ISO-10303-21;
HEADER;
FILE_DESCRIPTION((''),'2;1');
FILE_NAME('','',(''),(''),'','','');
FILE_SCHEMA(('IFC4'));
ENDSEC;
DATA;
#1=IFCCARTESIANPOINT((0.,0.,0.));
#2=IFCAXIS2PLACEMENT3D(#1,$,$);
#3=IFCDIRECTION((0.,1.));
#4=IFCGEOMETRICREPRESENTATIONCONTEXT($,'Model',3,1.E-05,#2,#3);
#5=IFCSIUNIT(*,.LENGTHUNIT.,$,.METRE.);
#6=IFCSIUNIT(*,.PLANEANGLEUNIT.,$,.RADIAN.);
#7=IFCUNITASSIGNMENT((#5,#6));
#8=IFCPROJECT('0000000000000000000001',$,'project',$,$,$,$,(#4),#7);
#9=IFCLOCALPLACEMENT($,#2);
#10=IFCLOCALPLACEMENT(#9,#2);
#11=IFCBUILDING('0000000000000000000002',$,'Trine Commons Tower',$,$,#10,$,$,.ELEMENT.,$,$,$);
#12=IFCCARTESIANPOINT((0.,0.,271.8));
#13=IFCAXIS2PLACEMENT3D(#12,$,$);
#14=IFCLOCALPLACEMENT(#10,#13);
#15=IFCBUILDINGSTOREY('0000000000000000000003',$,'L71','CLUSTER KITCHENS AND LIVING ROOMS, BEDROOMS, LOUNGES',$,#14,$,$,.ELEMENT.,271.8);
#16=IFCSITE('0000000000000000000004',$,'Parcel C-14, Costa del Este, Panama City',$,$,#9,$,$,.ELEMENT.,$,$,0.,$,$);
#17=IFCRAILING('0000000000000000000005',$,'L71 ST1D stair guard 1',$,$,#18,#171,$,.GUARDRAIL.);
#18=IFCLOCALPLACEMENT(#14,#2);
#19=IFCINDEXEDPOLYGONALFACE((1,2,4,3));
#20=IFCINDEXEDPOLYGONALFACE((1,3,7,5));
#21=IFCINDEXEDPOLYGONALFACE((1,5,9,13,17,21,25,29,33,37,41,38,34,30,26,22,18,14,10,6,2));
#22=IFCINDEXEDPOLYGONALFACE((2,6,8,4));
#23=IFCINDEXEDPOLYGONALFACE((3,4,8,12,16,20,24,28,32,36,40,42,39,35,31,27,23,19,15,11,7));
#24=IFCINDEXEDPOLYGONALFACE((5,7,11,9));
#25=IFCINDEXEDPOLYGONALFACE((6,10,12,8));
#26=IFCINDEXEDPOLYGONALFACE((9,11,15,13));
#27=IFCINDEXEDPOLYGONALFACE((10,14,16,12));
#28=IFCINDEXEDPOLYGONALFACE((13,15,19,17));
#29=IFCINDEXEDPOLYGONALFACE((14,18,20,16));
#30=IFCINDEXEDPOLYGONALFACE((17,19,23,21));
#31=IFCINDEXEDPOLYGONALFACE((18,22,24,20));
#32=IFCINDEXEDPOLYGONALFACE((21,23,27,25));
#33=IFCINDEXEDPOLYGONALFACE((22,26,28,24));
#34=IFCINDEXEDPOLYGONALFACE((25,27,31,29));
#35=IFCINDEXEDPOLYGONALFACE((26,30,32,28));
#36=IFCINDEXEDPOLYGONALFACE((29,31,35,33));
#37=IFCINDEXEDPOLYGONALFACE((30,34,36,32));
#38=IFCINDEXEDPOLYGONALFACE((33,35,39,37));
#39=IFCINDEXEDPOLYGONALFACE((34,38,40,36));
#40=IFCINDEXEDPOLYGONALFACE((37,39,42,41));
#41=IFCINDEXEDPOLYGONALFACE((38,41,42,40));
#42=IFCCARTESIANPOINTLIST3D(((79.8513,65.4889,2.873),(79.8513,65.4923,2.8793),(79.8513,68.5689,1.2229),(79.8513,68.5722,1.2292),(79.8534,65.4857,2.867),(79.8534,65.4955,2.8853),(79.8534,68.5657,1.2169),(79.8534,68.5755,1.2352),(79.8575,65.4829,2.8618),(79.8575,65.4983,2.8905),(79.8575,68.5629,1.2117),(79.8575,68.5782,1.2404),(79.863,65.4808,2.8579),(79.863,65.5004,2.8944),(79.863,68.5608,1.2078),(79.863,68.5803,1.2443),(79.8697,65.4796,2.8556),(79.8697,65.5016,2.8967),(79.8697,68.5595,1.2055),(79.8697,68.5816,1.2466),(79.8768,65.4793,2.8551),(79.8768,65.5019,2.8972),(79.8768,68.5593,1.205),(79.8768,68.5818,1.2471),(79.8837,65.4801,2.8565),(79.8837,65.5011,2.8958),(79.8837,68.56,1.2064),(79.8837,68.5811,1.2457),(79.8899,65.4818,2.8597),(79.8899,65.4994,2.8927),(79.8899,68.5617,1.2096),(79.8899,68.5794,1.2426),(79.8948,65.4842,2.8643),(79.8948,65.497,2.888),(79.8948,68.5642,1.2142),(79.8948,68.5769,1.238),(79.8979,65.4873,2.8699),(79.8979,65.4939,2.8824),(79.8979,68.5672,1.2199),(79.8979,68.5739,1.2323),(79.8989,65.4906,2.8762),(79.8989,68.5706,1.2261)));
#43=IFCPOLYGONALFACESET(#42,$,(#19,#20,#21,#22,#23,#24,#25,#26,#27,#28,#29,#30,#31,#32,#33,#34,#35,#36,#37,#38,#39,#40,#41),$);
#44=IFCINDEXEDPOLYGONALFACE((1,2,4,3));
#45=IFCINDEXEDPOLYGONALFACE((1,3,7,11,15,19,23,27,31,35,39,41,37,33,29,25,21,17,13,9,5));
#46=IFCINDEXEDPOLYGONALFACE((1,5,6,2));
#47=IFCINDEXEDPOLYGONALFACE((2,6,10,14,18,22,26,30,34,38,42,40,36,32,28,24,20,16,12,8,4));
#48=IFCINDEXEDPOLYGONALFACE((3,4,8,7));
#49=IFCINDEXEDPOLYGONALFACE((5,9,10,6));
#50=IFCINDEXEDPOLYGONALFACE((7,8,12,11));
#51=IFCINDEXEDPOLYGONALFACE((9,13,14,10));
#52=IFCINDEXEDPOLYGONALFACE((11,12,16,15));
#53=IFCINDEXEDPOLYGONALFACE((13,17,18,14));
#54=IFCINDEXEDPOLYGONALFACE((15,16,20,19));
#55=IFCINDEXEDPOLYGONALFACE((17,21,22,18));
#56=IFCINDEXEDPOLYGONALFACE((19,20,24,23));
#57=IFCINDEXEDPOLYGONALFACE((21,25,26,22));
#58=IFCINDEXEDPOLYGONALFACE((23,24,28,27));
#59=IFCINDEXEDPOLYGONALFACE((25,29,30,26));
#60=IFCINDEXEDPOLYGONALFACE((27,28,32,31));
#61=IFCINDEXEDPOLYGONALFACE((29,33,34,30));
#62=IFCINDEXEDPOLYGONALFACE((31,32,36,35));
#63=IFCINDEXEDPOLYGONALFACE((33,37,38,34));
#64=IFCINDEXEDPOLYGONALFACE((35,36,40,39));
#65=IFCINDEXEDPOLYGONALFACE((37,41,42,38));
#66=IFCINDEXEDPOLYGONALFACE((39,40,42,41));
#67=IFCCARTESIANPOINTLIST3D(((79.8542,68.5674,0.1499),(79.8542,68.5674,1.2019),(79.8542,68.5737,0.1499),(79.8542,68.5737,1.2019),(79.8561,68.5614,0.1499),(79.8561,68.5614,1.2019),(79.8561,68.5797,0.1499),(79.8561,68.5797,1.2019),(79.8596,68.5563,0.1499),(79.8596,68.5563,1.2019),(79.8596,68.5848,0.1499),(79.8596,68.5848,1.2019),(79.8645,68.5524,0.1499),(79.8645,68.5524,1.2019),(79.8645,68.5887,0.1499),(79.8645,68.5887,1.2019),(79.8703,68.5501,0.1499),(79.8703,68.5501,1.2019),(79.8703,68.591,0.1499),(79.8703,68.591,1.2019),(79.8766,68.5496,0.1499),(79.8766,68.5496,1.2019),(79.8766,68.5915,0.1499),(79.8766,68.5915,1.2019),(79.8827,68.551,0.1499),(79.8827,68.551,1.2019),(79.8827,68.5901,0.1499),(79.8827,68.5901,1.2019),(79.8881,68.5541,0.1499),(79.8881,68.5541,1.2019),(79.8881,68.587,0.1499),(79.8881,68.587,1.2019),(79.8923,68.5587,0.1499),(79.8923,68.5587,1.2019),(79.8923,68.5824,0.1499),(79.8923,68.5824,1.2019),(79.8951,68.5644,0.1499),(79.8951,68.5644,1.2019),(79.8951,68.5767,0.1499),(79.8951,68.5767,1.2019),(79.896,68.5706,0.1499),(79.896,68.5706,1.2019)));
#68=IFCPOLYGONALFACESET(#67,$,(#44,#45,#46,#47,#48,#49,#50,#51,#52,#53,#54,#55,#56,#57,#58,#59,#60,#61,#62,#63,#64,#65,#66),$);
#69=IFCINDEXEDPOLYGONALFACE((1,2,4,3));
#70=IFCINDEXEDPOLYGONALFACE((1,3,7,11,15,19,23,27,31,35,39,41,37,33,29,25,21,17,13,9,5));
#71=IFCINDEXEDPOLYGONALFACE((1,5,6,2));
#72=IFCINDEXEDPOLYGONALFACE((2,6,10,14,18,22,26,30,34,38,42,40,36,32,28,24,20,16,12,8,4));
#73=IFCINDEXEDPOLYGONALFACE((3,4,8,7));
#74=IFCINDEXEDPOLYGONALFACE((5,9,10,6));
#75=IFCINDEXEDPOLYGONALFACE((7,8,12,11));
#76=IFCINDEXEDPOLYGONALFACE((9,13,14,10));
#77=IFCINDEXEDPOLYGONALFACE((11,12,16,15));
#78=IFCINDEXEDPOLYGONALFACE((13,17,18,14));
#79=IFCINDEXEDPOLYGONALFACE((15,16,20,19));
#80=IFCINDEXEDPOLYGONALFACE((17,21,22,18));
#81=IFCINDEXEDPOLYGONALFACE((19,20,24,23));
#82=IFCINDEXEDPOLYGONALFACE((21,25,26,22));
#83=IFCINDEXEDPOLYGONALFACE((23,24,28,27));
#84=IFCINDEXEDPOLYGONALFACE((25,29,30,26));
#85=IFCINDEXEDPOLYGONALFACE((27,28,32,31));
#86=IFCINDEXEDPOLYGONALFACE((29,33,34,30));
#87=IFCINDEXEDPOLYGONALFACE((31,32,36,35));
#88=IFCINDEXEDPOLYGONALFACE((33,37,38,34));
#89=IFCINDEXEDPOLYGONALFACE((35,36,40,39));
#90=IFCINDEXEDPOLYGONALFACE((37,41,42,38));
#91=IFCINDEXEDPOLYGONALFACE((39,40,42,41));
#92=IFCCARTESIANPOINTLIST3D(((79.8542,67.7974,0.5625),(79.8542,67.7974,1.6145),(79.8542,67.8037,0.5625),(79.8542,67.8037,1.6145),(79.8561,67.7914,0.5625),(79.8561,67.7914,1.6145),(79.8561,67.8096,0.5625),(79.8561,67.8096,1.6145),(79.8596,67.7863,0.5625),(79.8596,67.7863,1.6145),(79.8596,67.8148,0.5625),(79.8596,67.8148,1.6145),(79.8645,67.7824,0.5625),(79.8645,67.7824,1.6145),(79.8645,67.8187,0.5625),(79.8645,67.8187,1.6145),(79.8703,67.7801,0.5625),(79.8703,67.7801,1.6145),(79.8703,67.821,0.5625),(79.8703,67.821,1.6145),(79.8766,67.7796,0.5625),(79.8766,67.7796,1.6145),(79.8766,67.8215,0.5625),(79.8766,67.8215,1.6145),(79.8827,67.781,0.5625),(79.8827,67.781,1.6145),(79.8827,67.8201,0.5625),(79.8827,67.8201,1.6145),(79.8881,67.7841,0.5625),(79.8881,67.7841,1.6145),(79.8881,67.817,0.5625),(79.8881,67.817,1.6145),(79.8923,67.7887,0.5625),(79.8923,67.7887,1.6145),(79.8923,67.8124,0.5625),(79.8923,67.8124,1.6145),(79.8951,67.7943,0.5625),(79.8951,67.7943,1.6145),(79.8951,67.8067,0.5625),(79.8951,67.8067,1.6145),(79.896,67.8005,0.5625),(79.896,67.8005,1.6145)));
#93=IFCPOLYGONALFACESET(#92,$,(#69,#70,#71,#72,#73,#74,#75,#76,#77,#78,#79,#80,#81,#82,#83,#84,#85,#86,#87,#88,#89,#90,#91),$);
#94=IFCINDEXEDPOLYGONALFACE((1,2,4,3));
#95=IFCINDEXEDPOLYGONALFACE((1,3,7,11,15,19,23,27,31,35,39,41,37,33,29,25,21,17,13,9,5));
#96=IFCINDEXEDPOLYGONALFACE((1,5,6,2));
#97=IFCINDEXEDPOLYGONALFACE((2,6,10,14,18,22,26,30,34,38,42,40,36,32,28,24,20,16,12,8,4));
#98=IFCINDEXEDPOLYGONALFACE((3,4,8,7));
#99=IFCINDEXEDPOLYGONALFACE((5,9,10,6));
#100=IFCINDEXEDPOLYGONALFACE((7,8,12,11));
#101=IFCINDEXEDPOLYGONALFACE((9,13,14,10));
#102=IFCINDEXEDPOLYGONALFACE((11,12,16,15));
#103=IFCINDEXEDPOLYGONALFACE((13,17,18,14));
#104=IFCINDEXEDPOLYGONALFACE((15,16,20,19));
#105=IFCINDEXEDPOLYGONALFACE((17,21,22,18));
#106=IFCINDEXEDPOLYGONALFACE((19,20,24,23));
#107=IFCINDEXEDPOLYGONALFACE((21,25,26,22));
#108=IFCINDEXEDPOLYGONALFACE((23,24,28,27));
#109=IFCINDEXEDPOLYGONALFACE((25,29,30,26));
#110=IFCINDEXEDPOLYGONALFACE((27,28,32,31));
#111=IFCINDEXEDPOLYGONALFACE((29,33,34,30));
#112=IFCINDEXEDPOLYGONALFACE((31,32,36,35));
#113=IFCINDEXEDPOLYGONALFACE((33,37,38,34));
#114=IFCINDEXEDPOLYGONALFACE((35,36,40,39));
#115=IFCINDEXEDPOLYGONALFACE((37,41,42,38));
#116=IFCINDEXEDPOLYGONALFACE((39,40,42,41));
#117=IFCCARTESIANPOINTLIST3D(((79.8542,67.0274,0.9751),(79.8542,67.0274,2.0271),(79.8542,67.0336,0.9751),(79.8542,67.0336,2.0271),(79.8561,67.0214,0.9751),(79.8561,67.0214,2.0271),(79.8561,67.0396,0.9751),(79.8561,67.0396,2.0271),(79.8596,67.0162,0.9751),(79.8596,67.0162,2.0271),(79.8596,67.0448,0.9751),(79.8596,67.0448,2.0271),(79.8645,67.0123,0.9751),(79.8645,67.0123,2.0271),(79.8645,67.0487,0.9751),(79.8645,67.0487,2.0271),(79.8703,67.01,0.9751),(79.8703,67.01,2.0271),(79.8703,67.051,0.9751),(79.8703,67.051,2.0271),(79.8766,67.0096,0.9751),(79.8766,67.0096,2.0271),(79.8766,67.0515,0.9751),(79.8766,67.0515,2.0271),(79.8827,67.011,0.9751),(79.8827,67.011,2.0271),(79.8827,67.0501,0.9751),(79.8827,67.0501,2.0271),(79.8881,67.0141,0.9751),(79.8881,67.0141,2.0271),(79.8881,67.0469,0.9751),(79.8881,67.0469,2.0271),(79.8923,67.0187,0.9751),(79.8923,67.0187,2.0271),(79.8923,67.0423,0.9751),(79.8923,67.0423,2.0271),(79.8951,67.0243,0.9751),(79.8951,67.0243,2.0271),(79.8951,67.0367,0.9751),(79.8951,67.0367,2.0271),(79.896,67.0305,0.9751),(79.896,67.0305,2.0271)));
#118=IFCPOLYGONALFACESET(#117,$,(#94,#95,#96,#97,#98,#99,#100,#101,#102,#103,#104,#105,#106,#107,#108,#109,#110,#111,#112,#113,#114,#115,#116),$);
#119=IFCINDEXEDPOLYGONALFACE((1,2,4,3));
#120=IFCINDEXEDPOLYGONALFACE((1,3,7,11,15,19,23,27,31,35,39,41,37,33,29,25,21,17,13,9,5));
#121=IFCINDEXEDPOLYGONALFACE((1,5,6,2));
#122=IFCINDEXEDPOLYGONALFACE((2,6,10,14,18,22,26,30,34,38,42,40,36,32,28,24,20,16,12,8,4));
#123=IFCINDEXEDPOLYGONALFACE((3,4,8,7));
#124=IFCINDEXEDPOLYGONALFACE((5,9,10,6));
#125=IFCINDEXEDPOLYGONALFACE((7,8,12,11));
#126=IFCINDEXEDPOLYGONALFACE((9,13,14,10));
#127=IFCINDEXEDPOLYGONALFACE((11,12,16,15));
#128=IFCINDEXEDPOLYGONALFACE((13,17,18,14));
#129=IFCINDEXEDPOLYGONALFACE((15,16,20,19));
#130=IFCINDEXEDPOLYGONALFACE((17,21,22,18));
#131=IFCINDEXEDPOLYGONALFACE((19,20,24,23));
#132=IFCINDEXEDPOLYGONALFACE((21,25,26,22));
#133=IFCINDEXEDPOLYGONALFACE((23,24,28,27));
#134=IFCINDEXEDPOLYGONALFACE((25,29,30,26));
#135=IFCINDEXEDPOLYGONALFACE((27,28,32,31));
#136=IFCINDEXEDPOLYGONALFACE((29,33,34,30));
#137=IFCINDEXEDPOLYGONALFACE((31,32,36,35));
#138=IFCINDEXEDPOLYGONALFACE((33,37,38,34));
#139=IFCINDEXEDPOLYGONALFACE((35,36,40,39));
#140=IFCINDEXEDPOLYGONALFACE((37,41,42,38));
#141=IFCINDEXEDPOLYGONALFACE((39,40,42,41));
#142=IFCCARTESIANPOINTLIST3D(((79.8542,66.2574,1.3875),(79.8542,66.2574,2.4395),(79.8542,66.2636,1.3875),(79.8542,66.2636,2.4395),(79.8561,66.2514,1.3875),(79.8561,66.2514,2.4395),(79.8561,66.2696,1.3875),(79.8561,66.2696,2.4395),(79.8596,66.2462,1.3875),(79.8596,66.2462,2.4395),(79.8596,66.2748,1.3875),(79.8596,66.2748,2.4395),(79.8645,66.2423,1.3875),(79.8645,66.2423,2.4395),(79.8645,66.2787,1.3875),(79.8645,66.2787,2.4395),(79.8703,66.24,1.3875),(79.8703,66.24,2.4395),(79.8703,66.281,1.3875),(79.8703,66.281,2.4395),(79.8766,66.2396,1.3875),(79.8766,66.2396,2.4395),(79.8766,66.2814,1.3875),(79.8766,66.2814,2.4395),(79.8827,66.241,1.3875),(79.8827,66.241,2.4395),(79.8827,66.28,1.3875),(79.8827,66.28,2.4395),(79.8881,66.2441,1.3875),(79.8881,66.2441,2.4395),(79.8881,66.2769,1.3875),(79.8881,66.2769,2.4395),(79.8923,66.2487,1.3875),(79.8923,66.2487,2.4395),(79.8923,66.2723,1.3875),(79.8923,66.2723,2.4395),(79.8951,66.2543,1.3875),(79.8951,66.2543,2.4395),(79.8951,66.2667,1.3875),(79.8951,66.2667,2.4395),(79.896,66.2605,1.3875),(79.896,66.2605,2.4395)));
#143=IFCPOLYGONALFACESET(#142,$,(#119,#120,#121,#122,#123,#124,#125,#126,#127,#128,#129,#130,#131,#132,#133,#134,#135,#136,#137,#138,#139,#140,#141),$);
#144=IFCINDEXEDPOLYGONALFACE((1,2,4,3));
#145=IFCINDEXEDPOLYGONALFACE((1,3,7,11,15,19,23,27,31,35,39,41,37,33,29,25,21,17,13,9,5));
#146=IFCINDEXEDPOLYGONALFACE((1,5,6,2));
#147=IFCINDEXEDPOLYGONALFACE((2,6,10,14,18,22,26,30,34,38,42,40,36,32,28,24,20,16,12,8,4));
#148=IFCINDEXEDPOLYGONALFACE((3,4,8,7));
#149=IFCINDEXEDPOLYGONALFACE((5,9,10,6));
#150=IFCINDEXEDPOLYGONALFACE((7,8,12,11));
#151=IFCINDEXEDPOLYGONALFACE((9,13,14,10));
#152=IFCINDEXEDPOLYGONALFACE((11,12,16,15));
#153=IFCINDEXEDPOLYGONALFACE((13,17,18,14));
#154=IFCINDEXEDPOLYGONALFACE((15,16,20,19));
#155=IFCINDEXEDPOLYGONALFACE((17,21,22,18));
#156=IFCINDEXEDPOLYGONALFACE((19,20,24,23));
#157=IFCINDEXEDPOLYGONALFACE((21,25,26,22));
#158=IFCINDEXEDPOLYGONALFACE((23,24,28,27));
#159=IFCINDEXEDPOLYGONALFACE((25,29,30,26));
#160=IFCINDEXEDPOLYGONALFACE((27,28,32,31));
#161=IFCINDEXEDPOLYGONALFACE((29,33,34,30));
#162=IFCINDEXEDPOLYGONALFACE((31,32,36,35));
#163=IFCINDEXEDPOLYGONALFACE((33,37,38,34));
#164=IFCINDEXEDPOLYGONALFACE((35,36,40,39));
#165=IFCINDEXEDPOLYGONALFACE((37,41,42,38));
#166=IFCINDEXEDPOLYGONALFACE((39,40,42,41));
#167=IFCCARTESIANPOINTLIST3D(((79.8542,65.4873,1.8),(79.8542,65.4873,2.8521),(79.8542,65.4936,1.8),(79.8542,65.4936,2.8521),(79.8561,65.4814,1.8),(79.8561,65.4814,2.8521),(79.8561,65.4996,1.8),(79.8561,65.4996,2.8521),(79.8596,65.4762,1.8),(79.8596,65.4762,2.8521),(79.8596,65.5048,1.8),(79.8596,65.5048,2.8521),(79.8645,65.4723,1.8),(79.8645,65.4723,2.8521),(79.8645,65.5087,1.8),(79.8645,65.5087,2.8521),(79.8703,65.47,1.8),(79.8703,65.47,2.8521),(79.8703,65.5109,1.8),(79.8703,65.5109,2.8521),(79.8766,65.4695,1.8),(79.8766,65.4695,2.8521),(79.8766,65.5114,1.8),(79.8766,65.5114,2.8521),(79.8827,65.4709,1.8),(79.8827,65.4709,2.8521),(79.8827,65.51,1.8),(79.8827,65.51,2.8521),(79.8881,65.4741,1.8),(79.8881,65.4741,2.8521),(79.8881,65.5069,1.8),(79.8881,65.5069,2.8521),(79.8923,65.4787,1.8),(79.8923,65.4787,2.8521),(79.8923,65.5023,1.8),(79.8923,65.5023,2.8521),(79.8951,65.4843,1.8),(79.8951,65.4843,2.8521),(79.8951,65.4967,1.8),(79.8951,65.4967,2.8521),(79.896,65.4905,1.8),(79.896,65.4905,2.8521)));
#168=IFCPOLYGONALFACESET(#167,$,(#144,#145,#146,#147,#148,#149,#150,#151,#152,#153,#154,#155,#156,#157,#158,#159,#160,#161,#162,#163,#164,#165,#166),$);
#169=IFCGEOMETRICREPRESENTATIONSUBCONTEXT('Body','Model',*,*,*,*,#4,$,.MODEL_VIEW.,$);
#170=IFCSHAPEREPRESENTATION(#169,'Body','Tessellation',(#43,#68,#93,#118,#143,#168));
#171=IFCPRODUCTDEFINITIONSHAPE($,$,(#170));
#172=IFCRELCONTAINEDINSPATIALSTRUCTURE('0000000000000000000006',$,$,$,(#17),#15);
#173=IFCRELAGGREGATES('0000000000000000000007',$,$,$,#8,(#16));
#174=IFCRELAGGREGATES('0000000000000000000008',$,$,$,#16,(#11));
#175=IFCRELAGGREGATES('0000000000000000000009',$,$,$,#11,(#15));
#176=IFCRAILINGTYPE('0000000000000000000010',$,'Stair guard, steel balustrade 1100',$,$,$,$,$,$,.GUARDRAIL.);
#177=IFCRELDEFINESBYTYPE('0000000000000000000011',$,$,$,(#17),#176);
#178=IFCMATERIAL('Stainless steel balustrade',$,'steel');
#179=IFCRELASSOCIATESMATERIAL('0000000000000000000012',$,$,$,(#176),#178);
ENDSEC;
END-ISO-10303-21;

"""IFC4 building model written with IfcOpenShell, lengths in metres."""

from ifc_helpers import new_model, si_unit, direction, frame, origin, origin_2d, place, context, subcontext, project, spatial, circle, extrude, material, type_object, element, save


model = new_model("IFC4")

# Units and contexts
model_context = context("Model", 3, precision=1e-05, world=origin(), true_north=direction((0.0, 1.0)))
body_context = subcontext(model_context, "Body", "Model", "MODEL_VIEW")
ifc_project = project(units=[si_unit("LENGTHUNIT", "METRE"), si_unit("PLANEANGLEUNIT", "RADIAN")], contexts=[model_context])

# Site, building, storey
site_placement = place(None, origin())
site = spatial("IfcSite", under=ifc_project, at=site_placement, Name="Parcel C-14, Costa del Este, Panama City", CompositionType="ELEMENT", RefElevation=0.0)
building_placement = place(site_placement, origin())
building = spatial("IfcBuilding", under=site, at=building_placement, Name="Trine Commons Tower", CompositionType="ELEMENT")
storey_placement = place(building_placement, frame((0.0, 0.0, 271.8)))
storey = spatial("IfcBuildingStorey", under=building, at=storey_placement, Name="L71", Description="CLUSTER KITCHENS AND LIVING ROOMS, BEDROOMS, LOUNGES", CompositionType="ELEMENT", Elevation=271.8)

# Railing
ifc_material_1 = material(Name="Stainless steel balustrade", Category="steel")
railing_type_1 = type_object("IfcRailingType", Name="Stair guard, steel balustrade 1100", PredefinedType="GUARDRAIL", material=ifc_material_1)
railing_1_placement = place(storey_placement, frame((79.875, 68.5706, 0.1499)))
element("IfcRailing", 1, at=railing_1_placement, inside=storey, type_object=railing_type_1, Name="L71 ST1D stair guard 1", PredefinedType="GUARDRAIL", context=body_context, shape_type="SweptSolid", body=[
    extrude(circle(Radius=0.0239, at=origin_2d()), frame((0.0, 0.0, 1.0762), z_axis=(0.0, -0.881468, 0.472245), x_axis=(1.0, 0.0, 0.0)), (0.0, 0.0, 1.0), 3.4941),
    extrude(circle(Radius=0.021, at=origin_2d()), origin(), (0.0, 0.0, 1.0), 1.052),
    extrude(circle(Radius=0.021, at=origin_2d()), frame((0.0, -0.77, 0.4126)), (0.0, 0.0, 1.0), 1.052),
    extrude(circle(Radius=0.021, at=origin_2d()), frame((0.0, -1.54, 0.8252)), (0.0, 0.0, 1.0), 1.052),
    extrude(circle(Radius=0.021, at=origin_2d()), frame((0.0, -2.3101, 1.2375)), (0.0, 0.0, 1.0), 1.052),
    extrude(circle(Radius=0.021, at=origin_2d()), frame((0.0, -3.0801, 1.6501)), (0.0, 0.0, 1.0), 1.052),
])

save(model, "model.ifc")
